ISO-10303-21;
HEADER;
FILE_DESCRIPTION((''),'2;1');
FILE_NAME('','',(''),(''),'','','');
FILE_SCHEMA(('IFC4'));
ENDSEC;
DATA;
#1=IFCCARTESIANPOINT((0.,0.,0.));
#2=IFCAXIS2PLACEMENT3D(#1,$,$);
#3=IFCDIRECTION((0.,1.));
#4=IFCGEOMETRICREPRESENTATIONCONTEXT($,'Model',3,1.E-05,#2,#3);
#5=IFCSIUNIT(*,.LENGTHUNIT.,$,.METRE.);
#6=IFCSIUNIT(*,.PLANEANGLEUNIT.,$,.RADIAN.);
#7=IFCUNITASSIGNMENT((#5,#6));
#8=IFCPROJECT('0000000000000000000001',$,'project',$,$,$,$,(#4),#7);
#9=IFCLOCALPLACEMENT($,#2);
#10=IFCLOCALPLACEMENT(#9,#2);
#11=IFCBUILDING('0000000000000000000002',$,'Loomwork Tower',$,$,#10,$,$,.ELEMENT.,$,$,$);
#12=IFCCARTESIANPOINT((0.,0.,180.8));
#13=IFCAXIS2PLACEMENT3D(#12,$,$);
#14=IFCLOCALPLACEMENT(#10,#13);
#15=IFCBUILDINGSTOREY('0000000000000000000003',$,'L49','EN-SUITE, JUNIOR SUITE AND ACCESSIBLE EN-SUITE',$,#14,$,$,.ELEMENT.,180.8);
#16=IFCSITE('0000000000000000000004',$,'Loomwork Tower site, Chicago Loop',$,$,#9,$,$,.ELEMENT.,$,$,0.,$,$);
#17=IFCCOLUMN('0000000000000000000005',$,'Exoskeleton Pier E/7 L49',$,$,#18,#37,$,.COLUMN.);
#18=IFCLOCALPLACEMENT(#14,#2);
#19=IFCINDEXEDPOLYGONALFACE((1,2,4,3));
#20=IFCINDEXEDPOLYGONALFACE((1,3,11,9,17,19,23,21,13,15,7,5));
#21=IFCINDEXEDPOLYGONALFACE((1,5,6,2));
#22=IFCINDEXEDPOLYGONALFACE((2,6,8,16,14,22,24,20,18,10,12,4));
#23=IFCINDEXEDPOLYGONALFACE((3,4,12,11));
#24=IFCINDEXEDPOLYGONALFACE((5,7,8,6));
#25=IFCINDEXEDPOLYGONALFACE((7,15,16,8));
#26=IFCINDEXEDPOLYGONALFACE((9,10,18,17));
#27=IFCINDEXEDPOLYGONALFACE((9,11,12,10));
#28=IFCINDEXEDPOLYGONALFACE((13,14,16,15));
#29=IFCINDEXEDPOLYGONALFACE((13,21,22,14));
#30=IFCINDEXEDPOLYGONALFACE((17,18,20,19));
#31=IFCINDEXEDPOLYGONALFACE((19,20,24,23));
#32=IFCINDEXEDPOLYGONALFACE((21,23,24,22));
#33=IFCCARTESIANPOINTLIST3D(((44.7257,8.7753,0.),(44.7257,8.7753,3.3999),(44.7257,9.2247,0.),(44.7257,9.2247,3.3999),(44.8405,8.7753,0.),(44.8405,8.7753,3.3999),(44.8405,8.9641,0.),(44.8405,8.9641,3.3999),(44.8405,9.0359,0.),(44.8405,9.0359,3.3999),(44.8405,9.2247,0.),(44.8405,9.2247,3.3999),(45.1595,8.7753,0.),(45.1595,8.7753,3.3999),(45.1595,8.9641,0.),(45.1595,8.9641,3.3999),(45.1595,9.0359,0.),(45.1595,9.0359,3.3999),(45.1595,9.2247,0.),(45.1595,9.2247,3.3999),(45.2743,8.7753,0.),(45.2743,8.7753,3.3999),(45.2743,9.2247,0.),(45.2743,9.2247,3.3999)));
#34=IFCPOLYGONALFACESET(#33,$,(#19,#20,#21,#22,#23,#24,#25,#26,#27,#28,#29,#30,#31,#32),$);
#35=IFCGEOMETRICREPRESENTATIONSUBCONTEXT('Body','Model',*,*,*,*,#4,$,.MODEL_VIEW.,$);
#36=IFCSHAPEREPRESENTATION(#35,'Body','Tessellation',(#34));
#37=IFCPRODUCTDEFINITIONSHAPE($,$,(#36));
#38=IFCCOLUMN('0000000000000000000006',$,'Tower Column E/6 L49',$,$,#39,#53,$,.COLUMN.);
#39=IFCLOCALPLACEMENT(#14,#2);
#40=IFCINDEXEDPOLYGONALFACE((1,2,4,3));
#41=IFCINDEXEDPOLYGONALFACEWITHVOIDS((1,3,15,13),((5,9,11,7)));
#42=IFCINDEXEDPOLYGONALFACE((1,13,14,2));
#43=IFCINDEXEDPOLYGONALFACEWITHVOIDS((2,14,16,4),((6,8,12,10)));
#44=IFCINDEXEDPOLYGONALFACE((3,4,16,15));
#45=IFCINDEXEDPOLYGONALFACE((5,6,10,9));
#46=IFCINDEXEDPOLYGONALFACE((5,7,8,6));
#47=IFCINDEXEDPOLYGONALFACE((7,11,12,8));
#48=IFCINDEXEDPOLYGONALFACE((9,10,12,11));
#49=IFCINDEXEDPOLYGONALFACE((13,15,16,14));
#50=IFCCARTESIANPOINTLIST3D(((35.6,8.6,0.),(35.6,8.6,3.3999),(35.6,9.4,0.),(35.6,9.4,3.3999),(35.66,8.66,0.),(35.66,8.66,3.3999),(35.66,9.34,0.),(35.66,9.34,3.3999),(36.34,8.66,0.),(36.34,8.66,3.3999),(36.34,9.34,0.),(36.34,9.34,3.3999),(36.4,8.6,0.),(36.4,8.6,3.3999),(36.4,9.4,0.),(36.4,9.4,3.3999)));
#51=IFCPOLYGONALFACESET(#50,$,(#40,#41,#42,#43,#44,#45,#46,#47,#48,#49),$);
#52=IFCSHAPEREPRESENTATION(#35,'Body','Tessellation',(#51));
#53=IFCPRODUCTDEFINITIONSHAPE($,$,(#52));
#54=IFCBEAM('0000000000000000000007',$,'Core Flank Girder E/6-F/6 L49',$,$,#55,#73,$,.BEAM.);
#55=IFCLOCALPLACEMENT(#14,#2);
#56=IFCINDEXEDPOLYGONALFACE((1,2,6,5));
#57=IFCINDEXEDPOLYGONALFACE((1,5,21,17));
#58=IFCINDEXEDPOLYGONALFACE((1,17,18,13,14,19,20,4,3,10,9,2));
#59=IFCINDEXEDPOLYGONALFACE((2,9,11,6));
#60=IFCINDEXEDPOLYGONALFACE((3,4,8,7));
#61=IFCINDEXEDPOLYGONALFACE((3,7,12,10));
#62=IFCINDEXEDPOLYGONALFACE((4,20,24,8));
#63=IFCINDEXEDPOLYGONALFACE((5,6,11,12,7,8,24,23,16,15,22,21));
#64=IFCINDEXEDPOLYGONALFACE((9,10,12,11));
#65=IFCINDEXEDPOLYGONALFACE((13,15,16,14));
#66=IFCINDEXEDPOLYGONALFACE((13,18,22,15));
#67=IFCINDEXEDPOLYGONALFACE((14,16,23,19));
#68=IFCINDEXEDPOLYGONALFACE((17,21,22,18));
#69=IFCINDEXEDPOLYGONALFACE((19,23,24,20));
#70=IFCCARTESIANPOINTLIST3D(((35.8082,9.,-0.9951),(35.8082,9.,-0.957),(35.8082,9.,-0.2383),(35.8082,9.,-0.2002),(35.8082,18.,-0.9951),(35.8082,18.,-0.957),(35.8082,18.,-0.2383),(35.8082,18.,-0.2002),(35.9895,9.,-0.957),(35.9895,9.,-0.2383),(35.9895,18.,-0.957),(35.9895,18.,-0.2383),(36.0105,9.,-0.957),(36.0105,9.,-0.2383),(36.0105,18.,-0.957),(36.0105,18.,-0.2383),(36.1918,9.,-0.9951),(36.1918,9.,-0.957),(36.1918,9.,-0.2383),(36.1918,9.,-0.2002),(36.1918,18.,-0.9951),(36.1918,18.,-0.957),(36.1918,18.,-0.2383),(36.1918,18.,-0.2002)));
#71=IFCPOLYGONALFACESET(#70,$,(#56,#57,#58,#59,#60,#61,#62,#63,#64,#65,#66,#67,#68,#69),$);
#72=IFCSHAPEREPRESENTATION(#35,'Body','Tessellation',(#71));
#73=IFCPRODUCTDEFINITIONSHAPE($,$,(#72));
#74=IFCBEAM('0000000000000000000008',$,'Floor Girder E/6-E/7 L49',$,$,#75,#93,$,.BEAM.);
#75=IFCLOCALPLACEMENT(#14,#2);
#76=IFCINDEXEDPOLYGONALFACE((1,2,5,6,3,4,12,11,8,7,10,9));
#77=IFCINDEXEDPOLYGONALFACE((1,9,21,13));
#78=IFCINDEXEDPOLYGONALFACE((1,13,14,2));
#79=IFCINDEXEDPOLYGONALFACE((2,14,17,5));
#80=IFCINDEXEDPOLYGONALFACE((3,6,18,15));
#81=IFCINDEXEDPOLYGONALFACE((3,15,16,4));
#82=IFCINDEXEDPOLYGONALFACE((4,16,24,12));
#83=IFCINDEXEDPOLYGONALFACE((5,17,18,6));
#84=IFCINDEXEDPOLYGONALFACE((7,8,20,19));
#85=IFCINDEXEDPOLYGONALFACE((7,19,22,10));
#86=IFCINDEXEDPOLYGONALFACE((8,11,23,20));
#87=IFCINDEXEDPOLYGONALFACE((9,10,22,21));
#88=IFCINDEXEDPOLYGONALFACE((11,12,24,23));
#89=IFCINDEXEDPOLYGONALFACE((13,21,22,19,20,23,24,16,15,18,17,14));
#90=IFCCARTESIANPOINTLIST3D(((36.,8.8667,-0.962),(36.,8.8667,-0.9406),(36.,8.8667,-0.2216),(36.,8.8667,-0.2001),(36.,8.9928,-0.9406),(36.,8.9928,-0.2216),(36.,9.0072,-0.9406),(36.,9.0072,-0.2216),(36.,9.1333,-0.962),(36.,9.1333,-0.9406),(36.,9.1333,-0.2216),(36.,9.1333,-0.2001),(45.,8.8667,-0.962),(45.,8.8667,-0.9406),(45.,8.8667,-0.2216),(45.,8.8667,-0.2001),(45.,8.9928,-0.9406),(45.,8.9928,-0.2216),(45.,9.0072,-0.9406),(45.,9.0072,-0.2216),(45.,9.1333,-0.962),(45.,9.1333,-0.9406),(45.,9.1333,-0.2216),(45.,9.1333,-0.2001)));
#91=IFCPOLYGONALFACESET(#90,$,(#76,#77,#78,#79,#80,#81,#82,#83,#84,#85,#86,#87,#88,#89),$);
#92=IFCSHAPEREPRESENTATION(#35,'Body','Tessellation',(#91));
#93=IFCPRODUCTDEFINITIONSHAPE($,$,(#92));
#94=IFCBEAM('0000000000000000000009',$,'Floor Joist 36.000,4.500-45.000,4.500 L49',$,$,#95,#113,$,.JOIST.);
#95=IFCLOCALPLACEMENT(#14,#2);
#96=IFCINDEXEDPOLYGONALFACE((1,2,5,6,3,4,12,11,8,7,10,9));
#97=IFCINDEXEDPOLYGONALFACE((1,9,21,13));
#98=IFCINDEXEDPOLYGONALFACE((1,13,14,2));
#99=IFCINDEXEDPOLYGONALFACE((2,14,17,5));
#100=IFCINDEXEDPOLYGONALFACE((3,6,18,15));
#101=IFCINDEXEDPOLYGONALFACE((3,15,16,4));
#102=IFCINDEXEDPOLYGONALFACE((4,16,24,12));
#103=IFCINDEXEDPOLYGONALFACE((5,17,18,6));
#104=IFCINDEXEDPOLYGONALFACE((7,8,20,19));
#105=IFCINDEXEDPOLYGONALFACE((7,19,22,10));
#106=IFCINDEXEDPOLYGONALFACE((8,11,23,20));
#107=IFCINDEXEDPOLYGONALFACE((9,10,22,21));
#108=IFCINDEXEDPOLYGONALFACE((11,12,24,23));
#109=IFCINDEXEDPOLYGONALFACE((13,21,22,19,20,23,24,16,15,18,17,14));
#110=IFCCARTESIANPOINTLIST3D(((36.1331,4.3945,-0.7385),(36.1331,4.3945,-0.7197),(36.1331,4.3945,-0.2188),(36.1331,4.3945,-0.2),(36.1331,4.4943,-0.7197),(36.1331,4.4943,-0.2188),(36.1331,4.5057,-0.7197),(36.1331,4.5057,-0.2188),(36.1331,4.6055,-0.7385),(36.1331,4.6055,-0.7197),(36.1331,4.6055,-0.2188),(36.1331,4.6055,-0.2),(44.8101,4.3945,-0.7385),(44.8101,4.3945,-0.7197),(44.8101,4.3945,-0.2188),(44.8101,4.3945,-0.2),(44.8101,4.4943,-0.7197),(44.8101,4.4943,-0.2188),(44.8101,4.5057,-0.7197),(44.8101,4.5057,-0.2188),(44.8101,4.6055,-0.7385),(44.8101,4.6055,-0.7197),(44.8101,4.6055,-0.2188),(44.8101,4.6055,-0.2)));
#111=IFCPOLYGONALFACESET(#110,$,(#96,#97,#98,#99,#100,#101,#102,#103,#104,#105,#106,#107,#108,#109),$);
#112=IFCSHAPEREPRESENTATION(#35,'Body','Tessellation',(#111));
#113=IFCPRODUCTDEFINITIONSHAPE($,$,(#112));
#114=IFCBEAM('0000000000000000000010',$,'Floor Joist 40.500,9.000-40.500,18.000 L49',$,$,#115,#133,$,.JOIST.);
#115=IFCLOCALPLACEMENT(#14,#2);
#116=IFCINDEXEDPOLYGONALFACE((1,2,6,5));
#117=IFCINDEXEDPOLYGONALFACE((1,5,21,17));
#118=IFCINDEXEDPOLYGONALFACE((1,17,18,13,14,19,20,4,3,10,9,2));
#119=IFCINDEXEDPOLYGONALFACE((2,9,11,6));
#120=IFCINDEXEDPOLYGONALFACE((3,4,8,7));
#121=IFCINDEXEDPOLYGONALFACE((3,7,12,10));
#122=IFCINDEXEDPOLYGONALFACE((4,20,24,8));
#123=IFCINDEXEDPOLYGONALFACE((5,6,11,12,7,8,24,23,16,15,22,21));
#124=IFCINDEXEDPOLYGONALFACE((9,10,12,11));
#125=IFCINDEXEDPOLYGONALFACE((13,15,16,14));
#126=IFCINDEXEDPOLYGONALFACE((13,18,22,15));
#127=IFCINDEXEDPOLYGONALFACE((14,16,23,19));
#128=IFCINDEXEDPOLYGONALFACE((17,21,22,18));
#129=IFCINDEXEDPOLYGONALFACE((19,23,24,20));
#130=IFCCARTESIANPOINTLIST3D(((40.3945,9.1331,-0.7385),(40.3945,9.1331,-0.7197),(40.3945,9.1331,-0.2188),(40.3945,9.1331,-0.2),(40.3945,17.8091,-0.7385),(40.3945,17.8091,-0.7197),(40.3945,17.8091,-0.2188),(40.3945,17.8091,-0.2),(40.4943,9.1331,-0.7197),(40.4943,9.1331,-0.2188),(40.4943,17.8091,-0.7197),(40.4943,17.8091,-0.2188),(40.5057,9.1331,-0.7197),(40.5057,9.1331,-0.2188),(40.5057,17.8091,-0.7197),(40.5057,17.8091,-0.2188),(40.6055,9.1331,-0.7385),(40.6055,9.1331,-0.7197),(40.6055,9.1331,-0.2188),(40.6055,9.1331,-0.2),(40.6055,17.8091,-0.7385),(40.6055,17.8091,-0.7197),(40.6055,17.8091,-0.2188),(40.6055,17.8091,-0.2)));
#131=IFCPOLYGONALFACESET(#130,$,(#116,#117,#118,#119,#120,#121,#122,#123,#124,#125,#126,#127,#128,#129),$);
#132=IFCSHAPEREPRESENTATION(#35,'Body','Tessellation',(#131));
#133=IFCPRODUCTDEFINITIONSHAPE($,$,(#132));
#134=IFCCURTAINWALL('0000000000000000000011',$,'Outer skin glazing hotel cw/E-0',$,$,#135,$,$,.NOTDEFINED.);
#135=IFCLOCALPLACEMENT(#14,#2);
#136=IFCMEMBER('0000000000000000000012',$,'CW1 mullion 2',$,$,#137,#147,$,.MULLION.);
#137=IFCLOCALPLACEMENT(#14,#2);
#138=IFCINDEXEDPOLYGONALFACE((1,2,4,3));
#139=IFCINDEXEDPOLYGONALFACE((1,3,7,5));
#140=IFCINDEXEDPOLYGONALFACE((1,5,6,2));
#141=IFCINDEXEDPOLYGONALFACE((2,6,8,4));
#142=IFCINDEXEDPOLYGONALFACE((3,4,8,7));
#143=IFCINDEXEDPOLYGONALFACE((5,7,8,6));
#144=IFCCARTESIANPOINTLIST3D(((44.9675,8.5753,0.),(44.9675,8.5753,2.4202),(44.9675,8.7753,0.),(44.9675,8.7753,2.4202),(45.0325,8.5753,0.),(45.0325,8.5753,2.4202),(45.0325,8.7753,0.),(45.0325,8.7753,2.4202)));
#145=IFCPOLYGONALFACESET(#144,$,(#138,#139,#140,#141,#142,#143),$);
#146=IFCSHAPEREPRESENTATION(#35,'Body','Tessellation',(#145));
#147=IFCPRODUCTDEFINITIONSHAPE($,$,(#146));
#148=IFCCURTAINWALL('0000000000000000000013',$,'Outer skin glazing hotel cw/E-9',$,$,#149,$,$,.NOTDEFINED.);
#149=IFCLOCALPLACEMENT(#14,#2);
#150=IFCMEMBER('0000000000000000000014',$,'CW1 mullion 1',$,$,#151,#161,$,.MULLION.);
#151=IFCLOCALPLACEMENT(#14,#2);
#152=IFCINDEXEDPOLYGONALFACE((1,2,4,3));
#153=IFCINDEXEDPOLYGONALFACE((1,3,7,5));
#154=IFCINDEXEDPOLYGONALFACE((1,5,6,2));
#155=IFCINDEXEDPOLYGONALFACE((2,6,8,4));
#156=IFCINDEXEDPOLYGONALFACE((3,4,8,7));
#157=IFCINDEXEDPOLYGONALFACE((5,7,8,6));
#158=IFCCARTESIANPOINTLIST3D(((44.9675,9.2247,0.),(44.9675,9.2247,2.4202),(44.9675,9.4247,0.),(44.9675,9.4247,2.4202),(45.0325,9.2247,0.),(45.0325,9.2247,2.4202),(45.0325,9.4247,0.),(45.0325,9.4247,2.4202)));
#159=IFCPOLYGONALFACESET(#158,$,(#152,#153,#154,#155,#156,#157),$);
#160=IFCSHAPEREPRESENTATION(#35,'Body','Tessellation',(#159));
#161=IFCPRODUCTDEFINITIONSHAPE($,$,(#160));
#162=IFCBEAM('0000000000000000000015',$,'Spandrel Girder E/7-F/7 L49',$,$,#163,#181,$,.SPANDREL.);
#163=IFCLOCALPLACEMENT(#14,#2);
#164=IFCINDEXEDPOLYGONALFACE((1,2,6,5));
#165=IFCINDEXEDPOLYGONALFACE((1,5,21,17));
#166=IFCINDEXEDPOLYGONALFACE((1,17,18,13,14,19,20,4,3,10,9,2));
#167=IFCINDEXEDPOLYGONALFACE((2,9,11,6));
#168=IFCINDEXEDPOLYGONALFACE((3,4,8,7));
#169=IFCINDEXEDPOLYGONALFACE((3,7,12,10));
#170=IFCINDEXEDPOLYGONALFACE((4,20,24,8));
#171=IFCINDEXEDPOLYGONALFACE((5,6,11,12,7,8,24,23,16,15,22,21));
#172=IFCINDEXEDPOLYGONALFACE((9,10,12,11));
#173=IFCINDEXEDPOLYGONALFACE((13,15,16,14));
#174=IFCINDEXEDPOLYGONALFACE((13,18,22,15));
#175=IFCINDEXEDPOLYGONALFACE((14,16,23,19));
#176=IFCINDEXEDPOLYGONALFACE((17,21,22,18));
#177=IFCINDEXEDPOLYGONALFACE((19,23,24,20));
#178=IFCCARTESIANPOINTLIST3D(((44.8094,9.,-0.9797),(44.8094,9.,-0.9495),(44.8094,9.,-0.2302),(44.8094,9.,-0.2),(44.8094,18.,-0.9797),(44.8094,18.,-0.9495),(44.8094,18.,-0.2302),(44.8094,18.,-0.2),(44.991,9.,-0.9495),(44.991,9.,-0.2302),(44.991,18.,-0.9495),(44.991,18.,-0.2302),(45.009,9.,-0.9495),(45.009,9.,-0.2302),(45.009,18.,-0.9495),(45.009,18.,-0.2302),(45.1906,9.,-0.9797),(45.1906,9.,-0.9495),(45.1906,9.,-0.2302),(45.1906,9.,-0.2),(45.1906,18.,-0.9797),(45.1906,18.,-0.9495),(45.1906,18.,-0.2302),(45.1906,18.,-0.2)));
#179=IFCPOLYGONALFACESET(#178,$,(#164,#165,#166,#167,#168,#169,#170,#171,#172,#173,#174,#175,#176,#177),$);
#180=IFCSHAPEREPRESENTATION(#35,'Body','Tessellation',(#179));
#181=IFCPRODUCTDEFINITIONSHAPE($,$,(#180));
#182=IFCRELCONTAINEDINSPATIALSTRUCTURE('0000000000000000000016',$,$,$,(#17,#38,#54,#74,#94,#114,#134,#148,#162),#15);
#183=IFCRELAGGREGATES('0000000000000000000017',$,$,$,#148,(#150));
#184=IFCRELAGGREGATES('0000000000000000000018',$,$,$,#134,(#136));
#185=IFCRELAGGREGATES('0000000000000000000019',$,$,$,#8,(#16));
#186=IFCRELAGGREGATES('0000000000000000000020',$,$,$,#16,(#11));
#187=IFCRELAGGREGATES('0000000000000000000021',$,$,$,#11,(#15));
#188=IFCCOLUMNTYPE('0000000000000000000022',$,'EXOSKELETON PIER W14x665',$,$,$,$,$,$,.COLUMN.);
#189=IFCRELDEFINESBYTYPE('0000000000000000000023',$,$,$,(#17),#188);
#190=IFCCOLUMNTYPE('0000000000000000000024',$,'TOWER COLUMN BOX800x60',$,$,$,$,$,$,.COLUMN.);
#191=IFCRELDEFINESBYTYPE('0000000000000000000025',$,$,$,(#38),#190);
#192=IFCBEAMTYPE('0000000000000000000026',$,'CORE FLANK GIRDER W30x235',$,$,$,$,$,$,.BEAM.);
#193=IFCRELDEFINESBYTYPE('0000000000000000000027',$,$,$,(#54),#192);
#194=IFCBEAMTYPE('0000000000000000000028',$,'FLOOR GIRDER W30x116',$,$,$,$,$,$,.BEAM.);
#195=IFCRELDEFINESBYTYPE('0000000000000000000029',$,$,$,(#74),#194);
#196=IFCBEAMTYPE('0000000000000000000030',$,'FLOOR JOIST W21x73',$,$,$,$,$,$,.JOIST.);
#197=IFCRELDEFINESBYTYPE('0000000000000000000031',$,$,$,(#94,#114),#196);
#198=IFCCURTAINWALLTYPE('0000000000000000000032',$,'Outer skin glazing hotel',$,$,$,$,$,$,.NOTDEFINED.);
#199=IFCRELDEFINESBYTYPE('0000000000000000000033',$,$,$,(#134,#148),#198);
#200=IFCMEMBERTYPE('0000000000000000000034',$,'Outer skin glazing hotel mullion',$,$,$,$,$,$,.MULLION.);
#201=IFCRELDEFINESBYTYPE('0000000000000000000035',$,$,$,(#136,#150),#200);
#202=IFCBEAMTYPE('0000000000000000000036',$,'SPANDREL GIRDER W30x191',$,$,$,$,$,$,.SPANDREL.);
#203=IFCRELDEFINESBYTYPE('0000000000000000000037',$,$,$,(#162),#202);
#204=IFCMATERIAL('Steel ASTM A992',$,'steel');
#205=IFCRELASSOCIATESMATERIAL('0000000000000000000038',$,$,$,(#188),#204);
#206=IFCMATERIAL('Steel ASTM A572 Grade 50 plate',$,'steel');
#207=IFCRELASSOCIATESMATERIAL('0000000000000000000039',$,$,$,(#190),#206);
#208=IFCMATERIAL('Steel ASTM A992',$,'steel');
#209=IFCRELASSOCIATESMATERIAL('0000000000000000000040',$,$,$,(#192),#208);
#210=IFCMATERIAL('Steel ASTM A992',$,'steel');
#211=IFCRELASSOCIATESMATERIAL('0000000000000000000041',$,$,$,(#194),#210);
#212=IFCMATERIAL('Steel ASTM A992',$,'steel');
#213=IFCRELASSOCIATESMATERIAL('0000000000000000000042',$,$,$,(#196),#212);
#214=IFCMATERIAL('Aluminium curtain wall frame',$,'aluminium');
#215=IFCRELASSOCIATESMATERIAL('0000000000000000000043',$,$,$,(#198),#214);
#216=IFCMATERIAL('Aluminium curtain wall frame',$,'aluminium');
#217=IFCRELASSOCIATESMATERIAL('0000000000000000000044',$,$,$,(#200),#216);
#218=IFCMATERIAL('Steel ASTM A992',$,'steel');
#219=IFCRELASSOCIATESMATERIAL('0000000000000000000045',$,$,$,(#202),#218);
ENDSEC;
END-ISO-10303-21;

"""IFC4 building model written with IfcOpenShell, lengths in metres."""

from ifc_helpers import new_model, si_unit, direction, frame, origin, origin_2d, place, context, subcontext, project, spatial, rectangle, hollow_rectangle, i_section, extrude, material, material_profile, profile_set, type_object, element, aggregate, save


model = new_model("IFC4")

# Units and contexts
model_context = context("Model", 3, precision=1e-05, world=origin(), true_north=direction((0.0, 1.0)))
body_context = subcontext(model_context, "Body", "Model", "MODEL_VIEW")
ifc_project = project(units=[si_unit("LENGTHUNIT", "METRE"), si_unit("PLANEANGLEUNIT", "RADIAN")], contexts=[model_context])

# Site, building, storey
site_placement = place(None, origin())
site = spatial("IfcSite", under=ifc_project, at=site_placement, Name="Loomwork Tower site, Chicago Loop", CompositionType="ELEMENT", RefElevation=0.0)
building_placement = place(site_placement, origin())
building = spatial("IfcBuilding", under=site, at=building_placement, Name="Loomwork Tower", CompositionType="ELEMENT")
storey_placement = place(building_placement, frame((0.0, 0.0, 180.8)))
storey = spatial("IfcBuildingStorey", under=building, at=storey_placement, Name="L49", Description="EN-SUITE, JUNIOR SUITE AND ACCESSIBLE EN-SUITE", CompositionType="ELEMENT", Elevation=180.8)

# Columns
ifc_material_1 = material(Name="Steel ASTM A992", Category="steel")
ifc_material_profile_1 = material_profile(ifc_material_1, i_section(OverallWidth=0.4495, OverallDepth=0.5486, WebThickness=0.0718, FlangeThickness=0.1147, at=origin_2d()), Name="W14x665")
ifc_profile_set_1 = profile_set([ifc_material_profile_1], Name="Steel ASTM A992")
column_type_1 = type_object("IfcColumnType", Name="EXOSKELETON PIER W14x665", PredefinedType="COLUMN", material=ifc_profile_set_1)
column_1_placement = place(storey_placement, frame((45.0, 9.0, 0.0), z_axis=(0.0, 0.0, 1.0), x_axis=(0.0, 1.0, 0.0)))
element("IfcColumn", 1, at=column_1_placement, inside=storey, type_object=column_type_1, Name="Exoskeleton Pier E/7 L49", PredefinedType="COLUMN", context=body_context, shape_type="SweptSolid", body=[
    extrude(i_section(OverallWidth=0.4495, OverallDepth=0.5486, WebThickness=0.0718, FlangeThickness=0.1147, at=origin_2d()), origin(), (0.0, 0.0, 1.0), 3.3999),
])
ifc_material_2 = material(Name="Steel ASTM A572 Grade 50 plate", Category="steel")
ifc_material_profile_2 = material_profile(ifc_material_2, hollow_rectangle(XDim=0.8, YDim=0.8, WallThickness=0.0601, at=origin_2d()), Name="BOX800x60")
ifc_profile_set_2 = profile_set([ifc_material_profile_2], Name="Steel ASTM A572 Grade 50 plate")
column_type_2 = type_object("IfcColumnType", Name="TOWER COLUMN BOX800x60", PredefinedType="COLUMN", material=ifc_profile_set_2)
column_2_placement = place(storey_placement, frame((36.0, 9.0, 0.0), z_axis=(0.0, 0.0, 1.0), x_axis=(0.0, 1.0, 0.0)))
element("IfcColumn", 2, at=column_2_placement, inside=storey, type_object=column_type_2, Name="Tower Column E/6 L49", PredefinedType="COLUMN", context=body_context, shape_type="SweptSolid", body=[
    extrude(hollow_rectangle(XDim=0.8, YDim=0.8, WallThickness=0.0601, at=origin_2d()), origin(), (0.0, 0.0, 1.0), 3.3999),
])

# Beams
ifc_material_3 = material(Name="Steel ASTM A992", Category="steel")
ifc_material_profile_3 = material_profile(ifc_material_3, i_section(OverallWidth=0.3835, OverallDepth=0.7949, WebThickness=0.021, FlangeThickness=0.0381, at=origin_2d()), Name="W30x235")
ifc_profile_set_3 = profile_set([ifc_material_profile_3], Name="Steel ASTM A992")
beam_type_1 = type_object("IfcBeamType", Name="CORE FLANK GIRDER W30x235", PredefinedType="BEAM", material=ifc_profile_set_3)
beam_1_placement = place(storey_placement, frame((36.0, 9.0, -0.5977), z_axis=(0.0, 1.0, 0.0), x_axis=(-1.0, 0.0, 0.0)))
element("IfcBeam", 3, at=beam_1_placement, inside=storey, type_object=beam_type_1, Name="Core Flank Girder E/6-F/6 L49", PredefinedType="BEAM", context=body_context, shape_type="SweptSolid", body=[
    extrude(i_section(OverallWidth=0.3835, OverallDepth=0.7949, WebThickness=0.021, FlangeThickness=0.0381, at=origin_2d()), origin(), (0.0, 0.0, 1.0), 9.0),
])
ifc_material_4 = material(Name="Steel ASTM A992", Category="steel")
ifc_material_profile_4 = material_profile(ifc_material_4, i_section(OverallWidth=0.2666, OverallDepth=0.762, WebThickness=0.0144, FlangeThickness=0.0215, at=origin_2d()), Name="W30x116")
ifc_profile_set_4 = profile_set([ifc_material_profile_4], Name="Steel ASTM A992")
beam_type_2 = type_object("IfcBeamType", Name="FLOOR GIRDER W30x116", PredefinedType="BEAM", material=ifc_profile_set_4)
beam_2_placement = place(storey_placement, frame((36.0, 9.0, -0.5811), z_axis=(1.0, 0.0, 0.0), x_axis=(0.0, 1.0, 0.0)))
element("IfcBeam", 4, at=beam_2_placement, inside=storey, type_object=beam_type_2, Name="Floor Girder E/6-E/7 L49", PredefinedType="BEAM", context=body_context, shape_type="SweptSolid", body=[
    extrude(i_section(OverallWidth=0.2666, OverallDepth=0.762, WebThickness=0.0144, FlangeThickness=0.0215, at=origin_2d()), origin(), (0.0, 0.0, 1.0), 9.0),
])
ifc_material_5 = material(Name="Steel ASTM A992", Category="steel")
ifc_material_profile_5 = material_profile(ifc_material_5, i_section(OverallWidth=0.2109, OverallDepth=0.5386, WebThickness=0.0115, FlangeThickness=0.0188, at=origin_2d()), Name="W21x73")
ifc_profile_set_5 = profile_set([ifc_material_profile_5], Name="Steel ASTM A992")
beam_type_3 = type_object("IfcBeamType", Name="FLOOR JOIST W21x73", PredefinedType="JOIST", material=ifc_profile_set_5)
beam_3_placement = place(storey_placement, frame((36.1331, 4.5, -0.4692), z_axis=(1.0, 0.0, 0.0), x_axis=(0.0, 1.0, 0.0)))
element("IfcBeam", 5, at=beam_3_placement, inside=storey, type_object=beam_type_3, Name="Floor Joist 36.000,4.500-45.000,4.500 L49", PredefinedType="JOIST", context=body_context, shape_type="SweptSolid", body=[
    extrude(i_section(OverallWidth=0.2109, OverallDepth=0.5386, WebThickness=0.0115, FlangeThickness=0.0188, at=origin_2d()), origin(), (0.0, 0.0, 1.0), 8.677),
])
beam_4_placement = place(storey_placement, frame((40.5, 9.1331, -0.4692), z_axis=(0.0, 1.0, 0.0), x_axis=(-1.0, 0.0, 0.0)))
element("IfcBeam", 6, at=beam_4_placement, inside=storey, type_object=beam_type_3, Name="Floor Joist 40.500,9.000-40.500,18.000 L49", PredefinedType="JOIST", context=body_context, shape_type="SweptSolid", body=[
    extrude(i_section(OverallWidth=0.2109, OverallDepth=0.5386, WebThickness=0.0115, FlangeThickness=0.0188, at=origin_2d()), origin(), (0.0, 0.0, 1.0), 8.676),
])

# Curtain walls, members
ifc_material_6 = material(Name="Aluminium curtain wall frame", Category="aluminium")
curtain_wall_type = type_object("IfcCurtainWallType", Name="Outer skin glazing hotel", PredefinedType="NOTDEFINED", material=ifc_material_6)
curtain_wall_1_placement = place(storey_placement, origin())
curtain_wall_1 = element("IfcCurtainWall", 7, at=curtain_wall_1_placement, inside=storey, type_object=curtain_wall_type, Name="Outer skin glazing hotel cw/E-0", PredefinedType="NOTDEFINED")
ifc_material_7 = material(Name="Aluminium curtain wall frame", Category="aluminium")
ifc_material_profile_6 = material_profile(ifc_material_7, rectangle(XDim=0.0649, YDim=0.2, at=origin_2d()), Name="AL 65x200")
ifc_profile_set_6 = profile_set([ifc_material_profile_6], Name="Aluminium curtain wall frame")
member_type = type_object("IfcMemberType", Name="Outer skin glazing hotel mullion", PredefinedType="MULLION", material=ifc_profile_set_6)
member_1_placement = place(storey_placement, frame((45.0, 8.6753, 0.0), z_axis=(0.0, 0.0, 1.0), x_axis=(-1.0, 0.0, 0.0)))
member_1 = element("IfcMember", 8, at=member_1_placement, type_object=member_type, Name="CW1 mullion 2", PredefinedType="MULLION", context=body_context, shape_type="SweptSolid", body=[
    extrude(rectangle(XDim=0.0649, YDim=0.2, at=origin_2d()), origin(), (0.0, 0.0, 1.0), 2.4202),
])
curtain_wall_2_placement = place(storey_placement, origin())
curtain_wall_2 = element("IfcCurtainWall", 9, at=curtain_wall_2_placement, inside=storey, type_object=curtain_wall_type, Name="Outer skin glazing hotel cw/E-9", PredefinedType="NOTDEFINED")
member_2_placement = place(storey_placement, frame((45.0, 9.3247, 0.0), z_axis=(0.0, 0.0, 1.0), x_axis=(-1.0, 0.0, 0.0)))
member_2 = element("IfcMember", 10, at=member_2_placement, type_object=member_type, Name="CW1 mullion 1", PredefinedType="MULLION", context=body_context, shape_type="SweptSolid", body=[
    extrude(rectangle(XDim=0.0649, YDim=0.2, at=origin_2d()), origin(), (0.0, 0.0, 1.0), 2.4202),
])
aggregate(curtain_wall_2, [member_2])

# Beam
ifc_material_8 = material(Name="Steel ASTM A992", Category="steel")
ifc_material_profile_7 = material_profile(ifc_material_8, i_section(OverallWidth=0.3811, OverallDepth=0.7798, WebThickness=0.0181, FlangeThickness=0.0303, at=origin_2d()), Name="W30x191")
ifc_profile_set_7 = profile_set([ifc_material_profile_7], Name="Steel ASTM A992")
beam_type_4 = type_object("IfcBeamType", Name="SPANDREL GIRDER W30x191", PredefinedType="SPANDREL", material=ifc_profile_set_7)
beam_5_placement = place(storey_placement, frame((45.0, 9.0, -0.5898), z_axis=(0.0, 1.0, 0.0), x_axis=(-1.0, 0.0, 0.0)))
element("IfcBeam", 11, at=beam_5_placement, inside=storey, type_object=beam_type_4, Name="Spandrel Girder E/7-F/7 L49", PredefinedType="SPANDREL", context=body_context, shape_type="SweptSolid", body=[
    extrude(i_section(OverallWidth=0.3811, OverallDepth=0.7798, WebThickness=0.0181, FlangeThickness=0.0303, at=origin_2d()), origin(), (0.0, 0.0, 1.0), 9.0),
])

aggregate(curtain_wall_1, [member_1])

save(model, "model.ifc")
